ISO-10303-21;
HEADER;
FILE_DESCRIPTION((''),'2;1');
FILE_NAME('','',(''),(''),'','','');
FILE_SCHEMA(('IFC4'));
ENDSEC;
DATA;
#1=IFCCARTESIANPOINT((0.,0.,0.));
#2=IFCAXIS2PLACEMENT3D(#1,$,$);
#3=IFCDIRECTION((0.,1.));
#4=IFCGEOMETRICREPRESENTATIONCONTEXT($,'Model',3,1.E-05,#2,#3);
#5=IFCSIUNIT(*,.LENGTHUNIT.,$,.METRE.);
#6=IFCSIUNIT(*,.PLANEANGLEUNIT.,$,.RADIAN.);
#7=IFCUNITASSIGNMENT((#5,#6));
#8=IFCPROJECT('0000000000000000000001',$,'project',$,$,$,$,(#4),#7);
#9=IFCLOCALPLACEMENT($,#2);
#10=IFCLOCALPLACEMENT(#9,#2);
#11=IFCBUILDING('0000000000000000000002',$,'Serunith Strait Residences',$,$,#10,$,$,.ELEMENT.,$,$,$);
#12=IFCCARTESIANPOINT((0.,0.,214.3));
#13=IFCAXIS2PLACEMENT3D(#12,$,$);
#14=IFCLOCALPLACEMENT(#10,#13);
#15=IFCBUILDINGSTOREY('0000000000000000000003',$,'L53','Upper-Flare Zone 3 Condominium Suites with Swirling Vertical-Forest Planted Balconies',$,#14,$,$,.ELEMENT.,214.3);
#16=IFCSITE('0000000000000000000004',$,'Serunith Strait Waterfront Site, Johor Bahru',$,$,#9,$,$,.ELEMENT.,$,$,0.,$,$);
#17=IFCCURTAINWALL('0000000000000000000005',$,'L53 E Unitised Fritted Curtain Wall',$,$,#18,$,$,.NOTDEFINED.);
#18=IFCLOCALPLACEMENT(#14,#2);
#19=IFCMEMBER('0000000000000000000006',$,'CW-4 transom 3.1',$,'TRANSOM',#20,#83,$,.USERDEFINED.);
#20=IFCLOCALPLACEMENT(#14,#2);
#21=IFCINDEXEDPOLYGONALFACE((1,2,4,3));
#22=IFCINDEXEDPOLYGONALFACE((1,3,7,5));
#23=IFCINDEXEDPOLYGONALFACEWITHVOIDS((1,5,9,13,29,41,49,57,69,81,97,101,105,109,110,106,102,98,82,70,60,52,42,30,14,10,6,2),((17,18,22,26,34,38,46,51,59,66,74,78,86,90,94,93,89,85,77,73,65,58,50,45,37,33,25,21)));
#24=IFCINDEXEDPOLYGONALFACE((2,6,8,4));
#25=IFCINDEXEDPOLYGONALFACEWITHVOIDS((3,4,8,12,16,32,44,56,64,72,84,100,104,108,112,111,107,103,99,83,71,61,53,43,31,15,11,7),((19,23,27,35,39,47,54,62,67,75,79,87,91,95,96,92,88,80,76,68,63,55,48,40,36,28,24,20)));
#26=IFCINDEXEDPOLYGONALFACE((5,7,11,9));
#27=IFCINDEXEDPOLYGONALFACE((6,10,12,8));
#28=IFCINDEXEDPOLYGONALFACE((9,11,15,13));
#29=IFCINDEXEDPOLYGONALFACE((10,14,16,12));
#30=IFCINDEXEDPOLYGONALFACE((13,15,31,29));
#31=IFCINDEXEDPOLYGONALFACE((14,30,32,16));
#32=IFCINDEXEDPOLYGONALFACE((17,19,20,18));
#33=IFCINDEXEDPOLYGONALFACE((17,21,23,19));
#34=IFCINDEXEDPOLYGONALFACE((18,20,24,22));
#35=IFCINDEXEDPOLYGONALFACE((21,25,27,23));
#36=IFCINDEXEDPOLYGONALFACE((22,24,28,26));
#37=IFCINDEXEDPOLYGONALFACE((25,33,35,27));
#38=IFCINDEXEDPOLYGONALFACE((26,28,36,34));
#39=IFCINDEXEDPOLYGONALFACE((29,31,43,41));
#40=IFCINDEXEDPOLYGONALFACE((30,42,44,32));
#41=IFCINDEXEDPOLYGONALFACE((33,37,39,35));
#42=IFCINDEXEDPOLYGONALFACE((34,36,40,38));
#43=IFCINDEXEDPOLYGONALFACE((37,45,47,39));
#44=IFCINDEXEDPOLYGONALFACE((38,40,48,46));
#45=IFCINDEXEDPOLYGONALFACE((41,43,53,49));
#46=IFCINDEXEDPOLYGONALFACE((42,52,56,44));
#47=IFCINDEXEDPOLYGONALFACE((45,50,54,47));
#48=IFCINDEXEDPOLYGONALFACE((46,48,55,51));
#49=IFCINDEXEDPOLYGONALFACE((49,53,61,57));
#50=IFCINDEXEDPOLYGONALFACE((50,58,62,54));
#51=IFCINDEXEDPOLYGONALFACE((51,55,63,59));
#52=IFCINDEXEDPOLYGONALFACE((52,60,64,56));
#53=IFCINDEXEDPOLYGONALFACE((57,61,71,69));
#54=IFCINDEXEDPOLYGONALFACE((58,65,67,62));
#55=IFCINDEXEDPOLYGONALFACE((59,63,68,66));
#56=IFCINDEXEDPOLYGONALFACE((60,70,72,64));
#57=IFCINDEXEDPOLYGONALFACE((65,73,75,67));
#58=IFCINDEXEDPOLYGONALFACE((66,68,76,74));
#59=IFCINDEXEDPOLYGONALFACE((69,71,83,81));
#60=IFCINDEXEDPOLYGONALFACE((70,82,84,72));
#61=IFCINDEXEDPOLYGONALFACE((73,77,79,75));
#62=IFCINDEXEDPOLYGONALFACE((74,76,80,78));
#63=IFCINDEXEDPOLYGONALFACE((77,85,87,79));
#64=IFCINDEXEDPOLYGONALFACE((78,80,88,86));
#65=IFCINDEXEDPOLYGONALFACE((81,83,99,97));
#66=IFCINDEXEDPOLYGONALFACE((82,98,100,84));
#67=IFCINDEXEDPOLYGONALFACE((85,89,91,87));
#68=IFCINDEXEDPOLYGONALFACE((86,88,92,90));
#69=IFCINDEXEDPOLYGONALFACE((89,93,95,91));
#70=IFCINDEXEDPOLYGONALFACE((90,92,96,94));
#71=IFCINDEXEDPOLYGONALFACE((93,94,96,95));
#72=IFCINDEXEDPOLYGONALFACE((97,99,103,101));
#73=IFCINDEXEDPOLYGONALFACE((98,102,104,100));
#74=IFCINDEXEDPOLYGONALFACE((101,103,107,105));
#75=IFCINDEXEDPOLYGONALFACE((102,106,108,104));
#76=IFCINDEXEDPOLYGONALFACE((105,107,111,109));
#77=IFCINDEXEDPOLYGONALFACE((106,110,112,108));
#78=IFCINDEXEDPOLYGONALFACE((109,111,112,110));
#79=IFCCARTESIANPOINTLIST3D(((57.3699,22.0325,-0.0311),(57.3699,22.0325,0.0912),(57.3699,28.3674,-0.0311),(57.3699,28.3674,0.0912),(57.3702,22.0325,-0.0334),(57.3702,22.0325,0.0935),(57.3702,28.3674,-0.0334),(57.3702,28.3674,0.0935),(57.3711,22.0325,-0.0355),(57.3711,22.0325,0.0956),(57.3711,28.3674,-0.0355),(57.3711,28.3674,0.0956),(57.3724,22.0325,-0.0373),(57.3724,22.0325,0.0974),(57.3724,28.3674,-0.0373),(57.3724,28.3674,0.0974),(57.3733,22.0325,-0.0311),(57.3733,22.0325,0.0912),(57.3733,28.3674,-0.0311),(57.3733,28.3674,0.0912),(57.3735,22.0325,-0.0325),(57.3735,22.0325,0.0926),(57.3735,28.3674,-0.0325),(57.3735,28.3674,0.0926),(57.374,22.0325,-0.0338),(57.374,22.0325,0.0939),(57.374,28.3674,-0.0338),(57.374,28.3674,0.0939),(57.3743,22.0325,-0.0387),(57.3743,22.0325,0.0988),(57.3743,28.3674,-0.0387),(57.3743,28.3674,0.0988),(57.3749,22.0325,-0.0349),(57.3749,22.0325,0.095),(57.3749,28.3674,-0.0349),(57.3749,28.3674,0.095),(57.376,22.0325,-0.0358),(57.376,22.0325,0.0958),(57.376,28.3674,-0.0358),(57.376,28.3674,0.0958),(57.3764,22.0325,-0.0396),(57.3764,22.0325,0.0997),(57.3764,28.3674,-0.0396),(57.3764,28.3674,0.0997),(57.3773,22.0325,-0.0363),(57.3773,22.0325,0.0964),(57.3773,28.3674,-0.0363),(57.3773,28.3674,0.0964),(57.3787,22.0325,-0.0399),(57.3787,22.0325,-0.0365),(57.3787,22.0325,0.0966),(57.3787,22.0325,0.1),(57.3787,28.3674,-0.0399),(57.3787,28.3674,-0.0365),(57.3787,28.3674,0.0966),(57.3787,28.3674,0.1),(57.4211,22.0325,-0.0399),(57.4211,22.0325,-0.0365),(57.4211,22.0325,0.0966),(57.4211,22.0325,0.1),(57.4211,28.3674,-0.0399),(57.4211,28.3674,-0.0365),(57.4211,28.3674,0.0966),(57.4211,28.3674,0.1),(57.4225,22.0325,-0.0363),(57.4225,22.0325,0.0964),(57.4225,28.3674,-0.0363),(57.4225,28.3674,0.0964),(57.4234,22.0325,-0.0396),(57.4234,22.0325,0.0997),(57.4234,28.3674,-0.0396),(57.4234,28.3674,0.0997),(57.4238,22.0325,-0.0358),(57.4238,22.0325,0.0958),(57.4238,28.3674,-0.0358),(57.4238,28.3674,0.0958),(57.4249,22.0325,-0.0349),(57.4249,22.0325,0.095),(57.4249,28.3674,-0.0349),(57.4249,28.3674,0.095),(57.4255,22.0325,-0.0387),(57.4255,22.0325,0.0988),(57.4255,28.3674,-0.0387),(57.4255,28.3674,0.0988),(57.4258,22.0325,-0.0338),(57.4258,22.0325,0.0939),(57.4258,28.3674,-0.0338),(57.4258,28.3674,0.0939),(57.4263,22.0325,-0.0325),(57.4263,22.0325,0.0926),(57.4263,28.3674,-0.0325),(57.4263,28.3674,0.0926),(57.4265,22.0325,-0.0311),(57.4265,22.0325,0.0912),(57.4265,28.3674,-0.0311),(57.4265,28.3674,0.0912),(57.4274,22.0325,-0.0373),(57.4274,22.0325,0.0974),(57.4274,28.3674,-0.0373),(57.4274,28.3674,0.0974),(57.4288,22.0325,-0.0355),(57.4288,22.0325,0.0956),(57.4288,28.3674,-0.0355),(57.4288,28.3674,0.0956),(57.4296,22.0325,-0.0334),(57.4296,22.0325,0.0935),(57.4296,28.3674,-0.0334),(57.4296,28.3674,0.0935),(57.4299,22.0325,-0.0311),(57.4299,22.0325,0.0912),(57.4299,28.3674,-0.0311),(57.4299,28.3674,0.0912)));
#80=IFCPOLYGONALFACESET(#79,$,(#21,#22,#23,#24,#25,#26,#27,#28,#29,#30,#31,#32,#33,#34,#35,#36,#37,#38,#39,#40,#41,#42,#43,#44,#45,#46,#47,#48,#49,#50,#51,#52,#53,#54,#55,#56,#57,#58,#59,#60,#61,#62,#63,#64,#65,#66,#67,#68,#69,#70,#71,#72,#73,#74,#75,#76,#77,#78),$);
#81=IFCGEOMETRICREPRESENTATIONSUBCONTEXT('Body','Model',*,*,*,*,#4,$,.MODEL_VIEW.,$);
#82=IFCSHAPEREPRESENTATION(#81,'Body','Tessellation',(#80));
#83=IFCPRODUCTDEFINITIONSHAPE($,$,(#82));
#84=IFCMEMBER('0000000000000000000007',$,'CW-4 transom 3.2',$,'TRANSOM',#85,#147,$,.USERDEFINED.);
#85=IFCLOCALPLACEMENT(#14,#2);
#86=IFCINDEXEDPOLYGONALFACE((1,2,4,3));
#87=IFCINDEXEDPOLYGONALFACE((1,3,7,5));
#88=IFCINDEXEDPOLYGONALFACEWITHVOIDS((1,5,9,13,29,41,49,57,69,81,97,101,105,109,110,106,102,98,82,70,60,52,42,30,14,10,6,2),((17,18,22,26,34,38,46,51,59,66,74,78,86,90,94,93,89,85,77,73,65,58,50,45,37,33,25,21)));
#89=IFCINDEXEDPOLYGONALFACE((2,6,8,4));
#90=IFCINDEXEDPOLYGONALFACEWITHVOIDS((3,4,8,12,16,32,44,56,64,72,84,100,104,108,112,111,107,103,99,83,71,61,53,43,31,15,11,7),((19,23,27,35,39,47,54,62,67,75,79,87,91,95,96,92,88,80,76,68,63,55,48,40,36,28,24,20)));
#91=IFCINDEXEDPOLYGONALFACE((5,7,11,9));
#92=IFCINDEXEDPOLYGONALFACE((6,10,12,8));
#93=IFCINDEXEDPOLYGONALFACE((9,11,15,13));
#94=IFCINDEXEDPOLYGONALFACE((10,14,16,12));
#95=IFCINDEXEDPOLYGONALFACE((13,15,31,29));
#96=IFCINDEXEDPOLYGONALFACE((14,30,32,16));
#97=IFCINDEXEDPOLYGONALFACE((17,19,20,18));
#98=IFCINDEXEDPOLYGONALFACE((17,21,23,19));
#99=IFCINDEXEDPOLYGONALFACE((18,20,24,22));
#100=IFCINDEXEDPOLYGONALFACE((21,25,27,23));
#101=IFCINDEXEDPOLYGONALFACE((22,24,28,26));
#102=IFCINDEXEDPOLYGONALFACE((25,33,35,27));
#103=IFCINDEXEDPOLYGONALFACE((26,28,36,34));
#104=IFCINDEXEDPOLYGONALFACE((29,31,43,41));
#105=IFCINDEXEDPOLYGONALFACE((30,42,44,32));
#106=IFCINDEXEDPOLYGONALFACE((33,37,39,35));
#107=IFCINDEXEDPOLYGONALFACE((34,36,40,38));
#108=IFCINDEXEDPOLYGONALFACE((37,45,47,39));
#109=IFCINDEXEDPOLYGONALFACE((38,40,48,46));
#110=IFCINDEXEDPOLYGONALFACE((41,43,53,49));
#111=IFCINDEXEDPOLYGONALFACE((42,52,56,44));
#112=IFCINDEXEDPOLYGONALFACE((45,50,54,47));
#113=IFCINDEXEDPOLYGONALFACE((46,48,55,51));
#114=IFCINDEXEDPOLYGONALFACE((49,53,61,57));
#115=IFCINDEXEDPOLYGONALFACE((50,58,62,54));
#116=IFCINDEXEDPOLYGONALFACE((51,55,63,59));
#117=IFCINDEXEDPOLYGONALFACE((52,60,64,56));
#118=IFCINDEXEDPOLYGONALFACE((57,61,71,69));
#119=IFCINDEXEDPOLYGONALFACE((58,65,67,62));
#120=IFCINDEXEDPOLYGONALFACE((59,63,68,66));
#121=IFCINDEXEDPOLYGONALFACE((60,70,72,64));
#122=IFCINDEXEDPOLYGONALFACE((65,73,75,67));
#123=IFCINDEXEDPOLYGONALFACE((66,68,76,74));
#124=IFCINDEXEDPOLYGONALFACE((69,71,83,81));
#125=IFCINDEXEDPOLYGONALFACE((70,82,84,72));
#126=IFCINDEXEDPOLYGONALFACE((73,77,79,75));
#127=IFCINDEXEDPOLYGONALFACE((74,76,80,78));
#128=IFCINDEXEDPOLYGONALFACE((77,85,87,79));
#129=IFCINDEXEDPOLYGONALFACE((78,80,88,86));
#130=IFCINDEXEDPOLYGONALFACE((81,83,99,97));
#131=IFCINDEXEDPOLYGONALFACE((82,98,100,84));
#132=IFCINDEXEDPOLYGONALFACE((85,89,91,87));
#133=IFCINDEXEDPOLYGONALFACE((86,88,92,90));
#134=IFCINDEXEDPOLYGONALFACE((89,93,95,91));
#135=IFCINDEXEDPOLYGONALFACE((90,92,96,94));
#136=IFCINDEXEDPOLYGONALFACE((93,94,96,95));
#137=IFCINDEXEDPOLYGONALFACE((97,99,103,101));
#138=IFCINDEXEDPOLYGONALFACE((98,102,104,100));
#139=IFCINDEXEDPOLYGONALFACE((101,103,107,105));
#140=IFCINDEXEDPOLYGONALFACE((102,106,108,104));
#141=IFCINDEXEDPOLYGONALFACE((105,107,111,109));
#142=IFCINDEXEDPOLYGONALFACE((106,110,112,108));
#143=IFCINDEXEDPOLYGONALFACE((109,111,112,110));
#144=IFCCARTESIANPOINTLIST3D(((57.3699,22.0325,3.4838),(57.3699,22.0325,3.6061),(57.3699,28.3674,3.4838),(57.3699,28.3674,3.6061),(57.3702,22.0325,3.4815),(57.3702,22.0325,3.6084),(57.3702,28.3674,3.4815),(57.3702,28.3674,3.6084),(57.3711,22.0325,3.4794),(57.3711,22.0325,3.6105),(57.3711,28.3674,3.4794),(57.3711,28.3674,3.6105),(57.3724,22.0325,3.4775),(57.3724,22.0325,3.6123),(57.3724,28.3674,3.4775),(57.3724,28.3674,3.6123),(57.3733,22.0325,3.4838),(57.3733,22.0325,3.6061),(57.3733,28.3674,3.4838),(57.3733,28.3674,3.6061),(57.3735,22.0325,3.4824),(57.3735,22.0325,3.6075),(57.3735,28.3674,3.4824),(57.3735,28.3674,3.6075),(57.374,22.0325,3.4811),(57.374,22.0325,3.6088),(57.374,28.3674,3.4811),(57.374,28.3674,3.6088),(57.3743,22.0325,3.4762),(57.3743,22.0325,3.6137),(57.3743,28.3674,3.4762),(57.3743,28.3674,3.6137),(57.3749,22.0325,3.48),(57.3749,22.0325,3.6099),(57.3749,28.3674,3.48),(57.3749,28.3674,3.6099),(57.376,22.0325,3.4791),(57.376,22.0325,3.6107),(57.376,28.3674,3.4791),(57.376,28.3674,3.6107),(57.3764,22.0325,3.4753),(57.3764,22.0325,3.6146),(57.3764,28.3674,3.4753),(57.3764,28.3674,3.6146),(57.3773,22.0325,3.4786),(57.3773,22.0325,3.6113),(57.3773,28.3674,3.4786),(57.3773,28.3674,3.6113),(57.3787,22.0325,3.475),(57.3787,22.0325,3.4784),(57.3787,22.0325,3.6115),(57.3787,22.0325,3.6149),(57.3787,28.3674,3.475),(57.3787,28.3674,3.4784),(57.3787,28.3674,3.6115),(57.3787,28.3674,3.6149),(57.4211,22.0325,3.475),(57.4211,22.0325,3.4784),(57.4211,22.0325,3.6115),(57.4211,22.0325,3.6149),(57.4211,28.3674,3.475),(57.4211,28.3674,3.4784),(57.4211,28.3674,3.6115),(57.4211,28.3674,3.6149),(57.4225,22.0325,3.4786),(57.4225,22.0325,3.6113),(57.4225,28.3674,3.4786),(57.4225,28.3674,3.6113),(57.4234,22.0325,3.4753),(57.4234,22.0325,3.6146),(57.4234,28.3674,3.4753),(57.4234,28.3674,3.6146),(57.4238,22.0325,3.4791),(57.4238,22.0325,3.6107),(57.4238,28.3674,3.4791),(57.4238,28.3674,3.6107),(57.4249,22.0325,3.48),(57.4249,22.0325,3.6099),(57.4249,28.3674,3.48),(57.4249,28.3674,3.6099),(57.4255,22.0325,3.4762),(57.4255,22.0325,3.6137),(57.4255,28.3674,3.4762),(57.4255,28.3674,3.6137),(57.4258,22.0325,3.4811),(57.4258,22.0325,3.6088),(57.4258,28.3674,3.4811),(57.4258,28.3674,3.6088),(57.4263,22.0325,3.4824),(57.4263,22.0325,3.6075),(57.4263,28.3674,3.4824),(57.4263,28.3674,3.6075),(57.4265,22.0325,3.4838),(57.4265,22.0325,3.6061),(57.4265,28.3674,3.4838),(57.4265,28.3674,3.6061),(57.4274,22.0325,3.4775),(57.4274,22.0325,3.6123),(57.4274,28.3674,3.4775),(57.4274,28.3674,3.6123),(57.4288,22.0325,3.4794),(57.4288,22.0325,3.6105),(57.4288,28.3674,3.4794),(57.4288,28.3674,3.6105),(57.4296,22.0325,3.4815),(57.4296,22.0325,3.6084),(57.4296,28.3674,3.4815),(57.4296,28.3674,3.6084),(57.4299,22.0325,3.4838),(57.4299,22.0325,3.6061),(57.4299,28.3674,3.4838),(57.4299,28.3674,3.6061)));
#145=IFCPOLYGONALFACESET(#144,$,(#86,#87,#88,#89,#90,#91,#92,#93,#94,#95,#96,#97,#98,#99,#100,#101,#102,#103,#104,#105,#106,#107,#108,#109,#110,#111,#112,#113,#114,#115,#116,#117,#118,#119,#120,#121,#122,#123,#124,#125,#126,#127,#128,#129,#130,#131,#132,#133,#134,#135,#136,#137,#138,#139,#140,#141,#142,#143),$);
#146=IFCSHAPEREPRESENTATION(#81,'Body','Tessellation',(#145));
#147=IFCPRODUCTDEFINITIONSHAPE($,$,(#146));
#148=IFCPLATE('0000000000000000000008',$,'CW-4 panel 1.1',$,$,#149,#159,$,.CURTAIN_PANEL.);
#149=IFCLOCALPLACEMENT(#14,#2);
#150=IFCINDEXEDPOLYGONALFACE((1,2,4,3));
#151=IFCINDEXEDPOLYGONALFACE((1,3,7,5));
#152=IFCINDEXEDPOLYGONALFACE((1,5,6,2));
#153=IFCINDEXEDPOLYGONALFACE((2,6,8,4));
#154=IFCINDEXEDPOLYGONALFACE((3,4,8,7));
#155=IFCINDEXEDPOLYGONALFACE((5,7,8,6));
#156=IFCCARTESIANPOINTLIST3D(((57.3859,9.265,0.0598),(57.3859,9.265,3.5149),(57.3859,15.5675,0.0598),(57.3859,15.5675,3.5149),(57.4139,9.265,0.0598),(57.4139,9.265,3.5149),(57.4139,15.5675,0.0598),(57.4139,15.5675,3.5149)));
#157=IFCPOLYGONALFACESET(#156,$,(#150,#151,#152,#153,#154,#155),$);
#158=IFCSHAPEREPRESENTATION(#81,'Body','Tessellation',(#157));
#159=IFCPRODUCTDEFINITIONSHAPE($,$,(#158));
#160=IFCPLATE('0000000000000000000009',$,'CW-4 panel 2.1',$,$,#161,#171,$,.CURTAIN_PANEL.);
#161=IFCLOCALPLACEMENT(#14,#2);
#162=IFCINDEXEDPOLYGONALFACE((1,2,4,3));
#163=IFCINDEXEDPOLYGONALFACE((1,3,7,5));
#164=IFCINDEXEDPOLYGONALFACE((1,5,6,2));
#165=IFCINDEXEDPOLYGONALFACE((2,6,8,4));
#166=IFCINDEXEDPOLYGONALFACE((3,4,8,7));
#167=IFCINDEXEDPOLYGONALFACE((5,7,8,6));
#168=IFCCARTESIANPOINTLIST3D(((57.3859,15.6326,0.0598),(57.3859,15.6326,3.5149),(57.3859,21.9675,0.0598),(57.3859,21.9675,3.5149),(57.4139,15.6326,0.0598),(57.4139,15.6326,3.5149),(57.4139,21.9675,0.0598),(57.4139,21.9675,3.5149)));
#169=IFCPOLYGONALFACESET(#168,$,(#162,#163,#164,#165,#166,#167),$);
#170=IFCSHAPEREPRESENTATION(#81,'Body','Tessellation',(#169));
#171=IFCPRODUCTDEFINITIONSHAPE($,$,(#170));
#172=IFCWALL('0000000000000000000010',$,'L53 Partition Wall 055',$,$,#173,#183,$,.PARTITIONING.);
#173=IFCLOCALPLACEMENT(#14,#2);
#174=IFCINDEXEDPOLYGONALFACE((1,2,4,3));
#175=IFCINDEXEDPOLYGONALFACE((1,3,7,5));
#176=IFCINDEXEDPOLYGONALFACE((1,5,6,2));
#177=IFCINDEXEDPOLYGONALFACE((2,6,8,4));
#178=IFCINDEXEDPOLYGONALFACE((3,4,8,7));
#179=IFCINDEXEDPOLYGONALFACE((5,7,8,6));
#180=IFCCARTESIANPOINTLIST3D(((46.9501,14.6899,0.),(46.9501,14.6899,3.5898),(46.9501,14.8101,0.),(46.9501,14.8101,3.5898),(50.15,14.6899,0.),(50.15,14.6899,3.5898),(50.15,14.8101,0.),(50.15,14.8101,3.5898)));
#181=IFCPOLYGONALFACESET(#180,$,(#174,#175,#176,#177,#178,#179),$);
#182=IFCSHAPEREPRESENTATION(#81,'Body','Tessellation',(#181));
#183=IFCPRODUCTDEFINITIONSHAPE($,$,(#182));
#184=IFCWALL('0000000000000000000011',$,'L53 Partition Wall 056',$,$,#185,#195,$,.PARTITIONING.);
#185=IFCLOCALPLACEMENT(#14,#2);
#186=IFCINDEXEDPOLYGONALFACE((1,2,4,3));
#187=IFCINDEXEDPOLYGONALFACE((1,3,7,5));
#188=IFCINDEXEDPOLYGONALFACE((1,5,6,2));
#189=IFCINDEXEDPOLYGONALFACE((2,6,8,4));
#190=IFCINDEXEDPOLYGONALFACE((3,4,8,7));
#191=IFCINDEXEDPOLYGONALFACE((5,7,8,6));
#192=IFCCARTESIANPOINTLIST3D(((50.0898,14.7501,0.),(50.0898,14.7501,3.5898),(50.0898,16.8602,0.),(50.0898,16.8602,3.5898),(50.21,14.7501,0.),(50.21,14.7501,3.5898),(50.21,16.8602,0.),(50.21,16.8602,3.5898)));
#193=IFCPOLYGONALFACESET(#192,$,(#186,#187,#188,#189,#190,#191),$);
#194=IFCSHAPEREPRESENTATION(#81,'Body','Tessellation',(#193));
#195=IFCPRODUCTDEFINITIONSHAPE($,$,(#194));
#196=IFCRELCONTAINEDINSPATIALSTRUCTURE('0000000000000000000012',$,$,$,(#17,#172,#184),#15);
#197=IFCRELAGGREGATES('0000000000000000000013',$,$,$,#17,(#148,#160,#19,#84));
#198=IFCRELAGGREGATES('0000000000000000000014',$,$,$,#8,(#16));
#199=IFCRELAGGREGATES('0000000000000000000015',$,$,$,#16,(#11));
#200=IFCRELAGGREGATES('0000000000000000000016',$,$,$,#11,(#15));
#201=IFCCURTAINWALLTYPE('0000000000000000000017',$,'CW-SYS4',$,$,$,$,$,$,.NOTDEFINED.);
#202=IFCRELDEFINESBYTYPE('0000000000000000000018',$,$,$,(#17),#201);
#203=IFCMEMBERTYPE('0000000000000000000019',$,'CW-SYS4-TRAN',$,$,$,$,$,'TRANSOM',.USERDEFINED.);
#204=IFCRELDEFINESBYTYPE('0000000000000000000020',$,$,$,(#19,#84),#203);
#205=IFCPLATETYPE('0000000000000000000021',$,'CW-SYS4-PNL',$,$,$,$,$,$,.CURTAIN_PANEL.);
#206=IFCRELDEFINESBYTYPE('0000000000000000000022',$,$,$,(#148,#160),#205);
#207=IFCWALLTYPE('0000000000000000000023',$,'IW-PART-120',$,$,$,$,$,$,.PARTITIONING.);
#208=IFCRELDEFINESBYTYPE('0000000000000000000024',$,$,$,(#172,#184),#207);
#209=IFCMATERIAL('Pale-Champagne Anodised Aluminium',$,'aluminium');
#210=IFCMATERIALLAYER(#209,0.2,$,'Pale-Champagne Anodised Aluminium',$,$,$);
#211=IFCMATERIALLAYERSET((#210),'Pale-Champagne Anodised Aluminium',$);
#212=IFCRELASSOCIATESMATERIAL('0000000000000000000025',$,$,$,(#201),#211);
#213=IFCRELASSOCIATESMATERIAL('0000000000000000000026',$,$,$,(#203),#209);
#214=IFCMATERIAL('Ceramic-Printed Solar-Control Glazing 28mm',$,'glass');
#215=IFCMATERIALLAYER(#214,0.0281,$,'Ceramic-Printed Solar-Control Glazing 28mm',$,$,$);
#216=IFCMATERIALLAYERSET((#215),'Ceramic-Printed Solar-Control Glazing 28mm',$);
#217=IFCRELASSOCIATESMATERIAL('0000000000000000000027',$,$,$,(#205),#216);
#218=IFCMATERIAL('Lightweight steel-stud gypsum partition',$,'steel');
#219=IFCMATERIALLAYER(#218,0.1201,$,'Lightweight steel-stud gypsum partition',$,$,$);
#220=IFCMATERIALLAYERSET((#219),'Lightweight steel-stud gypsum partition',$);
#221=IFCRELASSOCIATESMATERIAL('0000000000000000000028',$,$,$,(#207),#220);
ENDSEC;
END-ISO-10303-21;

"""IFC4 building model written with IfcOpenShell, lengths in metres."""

from ifc_helpers import new_model, si_unit, direction, frame, frame_2d, origin, origin_2d, place, context, subcontext, project, spatial, rectangle, hollow_rectangle, extrude, source, transform, mapped, material, layer, layer_set, material_profile, profile_set, type_object, element, aggregate, save


model = new_model("IFC4")

# Units and contexts
model_context = context("Model", 3, precision=1e-05, world=origin(), true_north=direction((0.0, 1.0)))
body_context = subcontext(model_context, "Body", "Model", "MODEL_VIEW")
ifc_project = project(units=[si_unit("LENGTHUNIT", "METRE"), si_unit("PLANEANGLEUNIT", "RADIAN")], contexts=[model_context])

# Site, building, storey
site_placement = place(None, origin())
site = spatial("IfcSite", under=ifc_project, at=site_placement, Name="Serunith Strait Waterfront Site, Johor Bahru", CompositionType="ELEMENT", RefElevation=0.0)
building_placement = place(site_placement, origin())
building = spatial("IfcBuilding", under=site, at=building_placement, Name="Serunith Strait Residences", CompositionType="ELEMENT")
storey_placement = place(building_placement, frame((0.0, 0.0, 214.3)))
storey = spatial("IfcBuildingStorey", under=building, at=storey_placement, Name="L53", Description="Upper-Flare Zone 3 Condominium Suites with Swirling Vertical-Forest Planted Balconies", CompositionType="ELEMENT", Elevation=214.3)

# Curtain wall, members, plates
ifc_material_1 = material(Name="Pale-Champagne Anodised Aluminium", Category="aluminium")
ifc_layer_1 = layer(ifc_material_1, 0.2, Name="Pale-Champagne Anodised Aluminium")
ifc_layer_set_1 = layer_set([ifc_layer_1], Name="Pale-Champagne Anodised Aluminium")
curtain_wall_type = type_object("IfcCurtainWallType", Name="CW-SYS4", PredefinedType="NOTDEFINED", material=ifc_layer_set_1)
curtain_wall_placement = place(storey_placement, origin())
curtain_wall = element("IfcCurtainWall", 1, at=curtain_wall_placement, inside=storey, type_object=curtain_wall_type, Name="L53 E Unitised Fritted Curtain Wall", PredefinedType="NOTDEFINED")
ifc_material_profile_1 = material_profile(ifc_material_1, hollow_rectangle(XDim=0.0601, YDim=0.1399, WallThickness=0.0034, InnerFilletRadius=0.0054, OuterFilletRadius=0.0088, at=origin_2d()), Name="ALU 140x60x3.5")
ifc_profile_set_1 = profile_set([ifc_material_profile_1], Name="Pale-Champagne Anodised Aluminium")
member_type_1 = type_object("IfcMemberType", Name="CW-SYS4-TRAN", ElementType="TRANSOM", PredefinedType="USERDEFINED", material=ifc_profile_set_1)
shared_shape_1 = source(origin(), body_context, "Body", "SweptSolid", [
    extrude(hollow_rectangle(XDim=0.0601, YDim=0.1399, WallThickness=0.0034, InnerFilletRadius=0.0054, OuterFilletRadius=0.0088, at=origin_2d()), origin(), (0.0, 0.0, 1.0), 6.335),
])
member_1_placement = place(storey_placement, frame((57.3999, 22.0325, 0.03), z_axis=(0.0, 1.0, 0.0), x_axis=(-1.0, 0.0, 0.0)))
member_1 = element("IfcMember", 2, at=member_1_placement, type_object=member_type_1, Name="CW-4 transom 3.1", ObjectType="TRANSOM", PredefinedType="USERDEFINED", context=body_context, shape_type="MappedRepresentation", body=[
    mapped(shared_shape_1, transform((0.0, 0.0, 0.0), scale=1.0)),
])
member_2_placement = place(storey_placement, frame((57.3999, 22.0325, 3.5449), z_axis=(0.0, 1.0, 0.0), x_axis=(-1.0, 0.0, 0.0)))
member_2 = element("IfcMember", 3, at=member_2_placement, type_object=member_type_1, Name="CW-4 transom 3.2", ObjectType="TRANSOM", PredefinedType="USERDEFINED", context=body_context, shape_type="MappedRepresentation", body=[
    mapped(shared_shape_1, transform((0.0, 0.0, 0.0), scale=1.0)),
])
ifc_material_2 = material(Name="Ceramic-Printed Solar-Control Glazing 28mm", Category="glass")
ifc_layer_2 = layer(ifc_material_2, 0.0281, Name="Ceramic-Printed Solar-Control Glazing 28mm")
ifc_layer_set_2 = layer_set([ifc_layer_2], Name="Ceramic-Printed Solar-Control Glazing 28mm")
plate_type = type_object("IfcPlateType", Name="CW-SYS4-PNL", PredefinedType="CURTAIN_PANEL", material=ifc_layer_set_2)
shared_shape_2 = source(origin(), body_context, "Body", "SweptSolid", [
    extrude(rectangle(XDim=6.3025, YDim=0.0281, at=origin_2d()), origin(), (0.0, 0.0, 1.0), 3.4551),
])
plate_1_placement = place(storey_placement, frame((57.3999, 12.4163, 0.0598), z_axis=(0.0, 0.0, 1.0), x_axis=(0.0, 1.0, 0.0)))
plate_1 = element("IfcPlate", 4, at=plate_1_placement, type_object=plate_type, Name="CW-4 panel 1.1", PredefinedType="CURTAIN_PANEL", context=body_context, shape_type="MappedRepresentation", body=[
    mapped(shared_shape_2, transform((0.0, 0.0, 0.0), scale=1.0)),
])
shared_shape_3 = source(origin(), body_context, "Body", "SweptSolid", [
    extrude(rectangle(XDim=6.335, YDim=0.0281, at=origin_2d()), origin(), (0.0, 0.0, 1.0), 3.4551),
])
plate_2_placement = place(storey_placement, frame((57.3999, 18.8, 0.0598), z_axis=(0.0, 0.0, 1.0), x_axis=(0.0, 1.0, 0.0)))
plate_2 = element("IfcPlate", 5, at=plate_2_placement, type_object=plate_type, Name="CW-4 panel 2.1", PredefinedType="CURTAIN_PANEL", context=body_context, shape_type="MappedRepresentation", body=[
    mapped(shared_shape_3, transform((0.0, 0.0, 0.0), scale=1.0)),
])
aggregate(curtain_wall, [plate_1, plate_2, member_1, member_2])

# Walls
ifc_material_3 = material(Name="Lightweight steel-stud gypsum partition", Category="steel")
ifc_layer_3 = layer(ifc_material_3, 0.1201, Name="Lightweight steel-stud gypsum partition")
ifc_layer_set_3 = layer_set([ifc_layer_3], Name="Lightweight steel-stud gypsum partition")
wall_type = type_object("IfcWallType", Name="IW-PART-120", PredefinedType="PARTITIONING", material=ifc_layer_set_3)
wall_1_placement = place(storey_placement, frame((46.95, 14.75, 0.0), z_axis=(0.0, 0.0, 1.0), x_axis=(1.0, 0.0, 0.0)))
element("IfcWall", 6, at=wall_1_placement, inside=storey, type_object=wall_type, Name="L53 Partition Wall 055", PredefinedType="PARTITIONING", context=body_context, shape_type="SweptSolid", body=[
    extrude(rectangle(XDim=3.2, YDim=0.1201, at=frame_2d((1.6001, 0.0))), origin(), (0.0, 0.0, 1.0), 3.5898),
])
wall_2_placement = place(storey_placement, frame((50.1499, 14.75, 0.0), z_axis=(0.0, 0.0, 1.0), x_axis=(0.0, 1.0, 0.0)))
element("IfcWall", 7, at=wall_2_placement, inside=storey, type_object=wall_type, Name="L53 Partition Wall 056", PredefinedType="PARTITIONING", context=body_context, shape_type="SweptSolid", body=[
    extrude(rectangle(XDim=2.1101, YDim=0.1201, at=frame_2d((1.0552, 0.0))), origin(), (0.0, 0.0, 1.0), 3.5898),
])

save(model, "model.ifc")
